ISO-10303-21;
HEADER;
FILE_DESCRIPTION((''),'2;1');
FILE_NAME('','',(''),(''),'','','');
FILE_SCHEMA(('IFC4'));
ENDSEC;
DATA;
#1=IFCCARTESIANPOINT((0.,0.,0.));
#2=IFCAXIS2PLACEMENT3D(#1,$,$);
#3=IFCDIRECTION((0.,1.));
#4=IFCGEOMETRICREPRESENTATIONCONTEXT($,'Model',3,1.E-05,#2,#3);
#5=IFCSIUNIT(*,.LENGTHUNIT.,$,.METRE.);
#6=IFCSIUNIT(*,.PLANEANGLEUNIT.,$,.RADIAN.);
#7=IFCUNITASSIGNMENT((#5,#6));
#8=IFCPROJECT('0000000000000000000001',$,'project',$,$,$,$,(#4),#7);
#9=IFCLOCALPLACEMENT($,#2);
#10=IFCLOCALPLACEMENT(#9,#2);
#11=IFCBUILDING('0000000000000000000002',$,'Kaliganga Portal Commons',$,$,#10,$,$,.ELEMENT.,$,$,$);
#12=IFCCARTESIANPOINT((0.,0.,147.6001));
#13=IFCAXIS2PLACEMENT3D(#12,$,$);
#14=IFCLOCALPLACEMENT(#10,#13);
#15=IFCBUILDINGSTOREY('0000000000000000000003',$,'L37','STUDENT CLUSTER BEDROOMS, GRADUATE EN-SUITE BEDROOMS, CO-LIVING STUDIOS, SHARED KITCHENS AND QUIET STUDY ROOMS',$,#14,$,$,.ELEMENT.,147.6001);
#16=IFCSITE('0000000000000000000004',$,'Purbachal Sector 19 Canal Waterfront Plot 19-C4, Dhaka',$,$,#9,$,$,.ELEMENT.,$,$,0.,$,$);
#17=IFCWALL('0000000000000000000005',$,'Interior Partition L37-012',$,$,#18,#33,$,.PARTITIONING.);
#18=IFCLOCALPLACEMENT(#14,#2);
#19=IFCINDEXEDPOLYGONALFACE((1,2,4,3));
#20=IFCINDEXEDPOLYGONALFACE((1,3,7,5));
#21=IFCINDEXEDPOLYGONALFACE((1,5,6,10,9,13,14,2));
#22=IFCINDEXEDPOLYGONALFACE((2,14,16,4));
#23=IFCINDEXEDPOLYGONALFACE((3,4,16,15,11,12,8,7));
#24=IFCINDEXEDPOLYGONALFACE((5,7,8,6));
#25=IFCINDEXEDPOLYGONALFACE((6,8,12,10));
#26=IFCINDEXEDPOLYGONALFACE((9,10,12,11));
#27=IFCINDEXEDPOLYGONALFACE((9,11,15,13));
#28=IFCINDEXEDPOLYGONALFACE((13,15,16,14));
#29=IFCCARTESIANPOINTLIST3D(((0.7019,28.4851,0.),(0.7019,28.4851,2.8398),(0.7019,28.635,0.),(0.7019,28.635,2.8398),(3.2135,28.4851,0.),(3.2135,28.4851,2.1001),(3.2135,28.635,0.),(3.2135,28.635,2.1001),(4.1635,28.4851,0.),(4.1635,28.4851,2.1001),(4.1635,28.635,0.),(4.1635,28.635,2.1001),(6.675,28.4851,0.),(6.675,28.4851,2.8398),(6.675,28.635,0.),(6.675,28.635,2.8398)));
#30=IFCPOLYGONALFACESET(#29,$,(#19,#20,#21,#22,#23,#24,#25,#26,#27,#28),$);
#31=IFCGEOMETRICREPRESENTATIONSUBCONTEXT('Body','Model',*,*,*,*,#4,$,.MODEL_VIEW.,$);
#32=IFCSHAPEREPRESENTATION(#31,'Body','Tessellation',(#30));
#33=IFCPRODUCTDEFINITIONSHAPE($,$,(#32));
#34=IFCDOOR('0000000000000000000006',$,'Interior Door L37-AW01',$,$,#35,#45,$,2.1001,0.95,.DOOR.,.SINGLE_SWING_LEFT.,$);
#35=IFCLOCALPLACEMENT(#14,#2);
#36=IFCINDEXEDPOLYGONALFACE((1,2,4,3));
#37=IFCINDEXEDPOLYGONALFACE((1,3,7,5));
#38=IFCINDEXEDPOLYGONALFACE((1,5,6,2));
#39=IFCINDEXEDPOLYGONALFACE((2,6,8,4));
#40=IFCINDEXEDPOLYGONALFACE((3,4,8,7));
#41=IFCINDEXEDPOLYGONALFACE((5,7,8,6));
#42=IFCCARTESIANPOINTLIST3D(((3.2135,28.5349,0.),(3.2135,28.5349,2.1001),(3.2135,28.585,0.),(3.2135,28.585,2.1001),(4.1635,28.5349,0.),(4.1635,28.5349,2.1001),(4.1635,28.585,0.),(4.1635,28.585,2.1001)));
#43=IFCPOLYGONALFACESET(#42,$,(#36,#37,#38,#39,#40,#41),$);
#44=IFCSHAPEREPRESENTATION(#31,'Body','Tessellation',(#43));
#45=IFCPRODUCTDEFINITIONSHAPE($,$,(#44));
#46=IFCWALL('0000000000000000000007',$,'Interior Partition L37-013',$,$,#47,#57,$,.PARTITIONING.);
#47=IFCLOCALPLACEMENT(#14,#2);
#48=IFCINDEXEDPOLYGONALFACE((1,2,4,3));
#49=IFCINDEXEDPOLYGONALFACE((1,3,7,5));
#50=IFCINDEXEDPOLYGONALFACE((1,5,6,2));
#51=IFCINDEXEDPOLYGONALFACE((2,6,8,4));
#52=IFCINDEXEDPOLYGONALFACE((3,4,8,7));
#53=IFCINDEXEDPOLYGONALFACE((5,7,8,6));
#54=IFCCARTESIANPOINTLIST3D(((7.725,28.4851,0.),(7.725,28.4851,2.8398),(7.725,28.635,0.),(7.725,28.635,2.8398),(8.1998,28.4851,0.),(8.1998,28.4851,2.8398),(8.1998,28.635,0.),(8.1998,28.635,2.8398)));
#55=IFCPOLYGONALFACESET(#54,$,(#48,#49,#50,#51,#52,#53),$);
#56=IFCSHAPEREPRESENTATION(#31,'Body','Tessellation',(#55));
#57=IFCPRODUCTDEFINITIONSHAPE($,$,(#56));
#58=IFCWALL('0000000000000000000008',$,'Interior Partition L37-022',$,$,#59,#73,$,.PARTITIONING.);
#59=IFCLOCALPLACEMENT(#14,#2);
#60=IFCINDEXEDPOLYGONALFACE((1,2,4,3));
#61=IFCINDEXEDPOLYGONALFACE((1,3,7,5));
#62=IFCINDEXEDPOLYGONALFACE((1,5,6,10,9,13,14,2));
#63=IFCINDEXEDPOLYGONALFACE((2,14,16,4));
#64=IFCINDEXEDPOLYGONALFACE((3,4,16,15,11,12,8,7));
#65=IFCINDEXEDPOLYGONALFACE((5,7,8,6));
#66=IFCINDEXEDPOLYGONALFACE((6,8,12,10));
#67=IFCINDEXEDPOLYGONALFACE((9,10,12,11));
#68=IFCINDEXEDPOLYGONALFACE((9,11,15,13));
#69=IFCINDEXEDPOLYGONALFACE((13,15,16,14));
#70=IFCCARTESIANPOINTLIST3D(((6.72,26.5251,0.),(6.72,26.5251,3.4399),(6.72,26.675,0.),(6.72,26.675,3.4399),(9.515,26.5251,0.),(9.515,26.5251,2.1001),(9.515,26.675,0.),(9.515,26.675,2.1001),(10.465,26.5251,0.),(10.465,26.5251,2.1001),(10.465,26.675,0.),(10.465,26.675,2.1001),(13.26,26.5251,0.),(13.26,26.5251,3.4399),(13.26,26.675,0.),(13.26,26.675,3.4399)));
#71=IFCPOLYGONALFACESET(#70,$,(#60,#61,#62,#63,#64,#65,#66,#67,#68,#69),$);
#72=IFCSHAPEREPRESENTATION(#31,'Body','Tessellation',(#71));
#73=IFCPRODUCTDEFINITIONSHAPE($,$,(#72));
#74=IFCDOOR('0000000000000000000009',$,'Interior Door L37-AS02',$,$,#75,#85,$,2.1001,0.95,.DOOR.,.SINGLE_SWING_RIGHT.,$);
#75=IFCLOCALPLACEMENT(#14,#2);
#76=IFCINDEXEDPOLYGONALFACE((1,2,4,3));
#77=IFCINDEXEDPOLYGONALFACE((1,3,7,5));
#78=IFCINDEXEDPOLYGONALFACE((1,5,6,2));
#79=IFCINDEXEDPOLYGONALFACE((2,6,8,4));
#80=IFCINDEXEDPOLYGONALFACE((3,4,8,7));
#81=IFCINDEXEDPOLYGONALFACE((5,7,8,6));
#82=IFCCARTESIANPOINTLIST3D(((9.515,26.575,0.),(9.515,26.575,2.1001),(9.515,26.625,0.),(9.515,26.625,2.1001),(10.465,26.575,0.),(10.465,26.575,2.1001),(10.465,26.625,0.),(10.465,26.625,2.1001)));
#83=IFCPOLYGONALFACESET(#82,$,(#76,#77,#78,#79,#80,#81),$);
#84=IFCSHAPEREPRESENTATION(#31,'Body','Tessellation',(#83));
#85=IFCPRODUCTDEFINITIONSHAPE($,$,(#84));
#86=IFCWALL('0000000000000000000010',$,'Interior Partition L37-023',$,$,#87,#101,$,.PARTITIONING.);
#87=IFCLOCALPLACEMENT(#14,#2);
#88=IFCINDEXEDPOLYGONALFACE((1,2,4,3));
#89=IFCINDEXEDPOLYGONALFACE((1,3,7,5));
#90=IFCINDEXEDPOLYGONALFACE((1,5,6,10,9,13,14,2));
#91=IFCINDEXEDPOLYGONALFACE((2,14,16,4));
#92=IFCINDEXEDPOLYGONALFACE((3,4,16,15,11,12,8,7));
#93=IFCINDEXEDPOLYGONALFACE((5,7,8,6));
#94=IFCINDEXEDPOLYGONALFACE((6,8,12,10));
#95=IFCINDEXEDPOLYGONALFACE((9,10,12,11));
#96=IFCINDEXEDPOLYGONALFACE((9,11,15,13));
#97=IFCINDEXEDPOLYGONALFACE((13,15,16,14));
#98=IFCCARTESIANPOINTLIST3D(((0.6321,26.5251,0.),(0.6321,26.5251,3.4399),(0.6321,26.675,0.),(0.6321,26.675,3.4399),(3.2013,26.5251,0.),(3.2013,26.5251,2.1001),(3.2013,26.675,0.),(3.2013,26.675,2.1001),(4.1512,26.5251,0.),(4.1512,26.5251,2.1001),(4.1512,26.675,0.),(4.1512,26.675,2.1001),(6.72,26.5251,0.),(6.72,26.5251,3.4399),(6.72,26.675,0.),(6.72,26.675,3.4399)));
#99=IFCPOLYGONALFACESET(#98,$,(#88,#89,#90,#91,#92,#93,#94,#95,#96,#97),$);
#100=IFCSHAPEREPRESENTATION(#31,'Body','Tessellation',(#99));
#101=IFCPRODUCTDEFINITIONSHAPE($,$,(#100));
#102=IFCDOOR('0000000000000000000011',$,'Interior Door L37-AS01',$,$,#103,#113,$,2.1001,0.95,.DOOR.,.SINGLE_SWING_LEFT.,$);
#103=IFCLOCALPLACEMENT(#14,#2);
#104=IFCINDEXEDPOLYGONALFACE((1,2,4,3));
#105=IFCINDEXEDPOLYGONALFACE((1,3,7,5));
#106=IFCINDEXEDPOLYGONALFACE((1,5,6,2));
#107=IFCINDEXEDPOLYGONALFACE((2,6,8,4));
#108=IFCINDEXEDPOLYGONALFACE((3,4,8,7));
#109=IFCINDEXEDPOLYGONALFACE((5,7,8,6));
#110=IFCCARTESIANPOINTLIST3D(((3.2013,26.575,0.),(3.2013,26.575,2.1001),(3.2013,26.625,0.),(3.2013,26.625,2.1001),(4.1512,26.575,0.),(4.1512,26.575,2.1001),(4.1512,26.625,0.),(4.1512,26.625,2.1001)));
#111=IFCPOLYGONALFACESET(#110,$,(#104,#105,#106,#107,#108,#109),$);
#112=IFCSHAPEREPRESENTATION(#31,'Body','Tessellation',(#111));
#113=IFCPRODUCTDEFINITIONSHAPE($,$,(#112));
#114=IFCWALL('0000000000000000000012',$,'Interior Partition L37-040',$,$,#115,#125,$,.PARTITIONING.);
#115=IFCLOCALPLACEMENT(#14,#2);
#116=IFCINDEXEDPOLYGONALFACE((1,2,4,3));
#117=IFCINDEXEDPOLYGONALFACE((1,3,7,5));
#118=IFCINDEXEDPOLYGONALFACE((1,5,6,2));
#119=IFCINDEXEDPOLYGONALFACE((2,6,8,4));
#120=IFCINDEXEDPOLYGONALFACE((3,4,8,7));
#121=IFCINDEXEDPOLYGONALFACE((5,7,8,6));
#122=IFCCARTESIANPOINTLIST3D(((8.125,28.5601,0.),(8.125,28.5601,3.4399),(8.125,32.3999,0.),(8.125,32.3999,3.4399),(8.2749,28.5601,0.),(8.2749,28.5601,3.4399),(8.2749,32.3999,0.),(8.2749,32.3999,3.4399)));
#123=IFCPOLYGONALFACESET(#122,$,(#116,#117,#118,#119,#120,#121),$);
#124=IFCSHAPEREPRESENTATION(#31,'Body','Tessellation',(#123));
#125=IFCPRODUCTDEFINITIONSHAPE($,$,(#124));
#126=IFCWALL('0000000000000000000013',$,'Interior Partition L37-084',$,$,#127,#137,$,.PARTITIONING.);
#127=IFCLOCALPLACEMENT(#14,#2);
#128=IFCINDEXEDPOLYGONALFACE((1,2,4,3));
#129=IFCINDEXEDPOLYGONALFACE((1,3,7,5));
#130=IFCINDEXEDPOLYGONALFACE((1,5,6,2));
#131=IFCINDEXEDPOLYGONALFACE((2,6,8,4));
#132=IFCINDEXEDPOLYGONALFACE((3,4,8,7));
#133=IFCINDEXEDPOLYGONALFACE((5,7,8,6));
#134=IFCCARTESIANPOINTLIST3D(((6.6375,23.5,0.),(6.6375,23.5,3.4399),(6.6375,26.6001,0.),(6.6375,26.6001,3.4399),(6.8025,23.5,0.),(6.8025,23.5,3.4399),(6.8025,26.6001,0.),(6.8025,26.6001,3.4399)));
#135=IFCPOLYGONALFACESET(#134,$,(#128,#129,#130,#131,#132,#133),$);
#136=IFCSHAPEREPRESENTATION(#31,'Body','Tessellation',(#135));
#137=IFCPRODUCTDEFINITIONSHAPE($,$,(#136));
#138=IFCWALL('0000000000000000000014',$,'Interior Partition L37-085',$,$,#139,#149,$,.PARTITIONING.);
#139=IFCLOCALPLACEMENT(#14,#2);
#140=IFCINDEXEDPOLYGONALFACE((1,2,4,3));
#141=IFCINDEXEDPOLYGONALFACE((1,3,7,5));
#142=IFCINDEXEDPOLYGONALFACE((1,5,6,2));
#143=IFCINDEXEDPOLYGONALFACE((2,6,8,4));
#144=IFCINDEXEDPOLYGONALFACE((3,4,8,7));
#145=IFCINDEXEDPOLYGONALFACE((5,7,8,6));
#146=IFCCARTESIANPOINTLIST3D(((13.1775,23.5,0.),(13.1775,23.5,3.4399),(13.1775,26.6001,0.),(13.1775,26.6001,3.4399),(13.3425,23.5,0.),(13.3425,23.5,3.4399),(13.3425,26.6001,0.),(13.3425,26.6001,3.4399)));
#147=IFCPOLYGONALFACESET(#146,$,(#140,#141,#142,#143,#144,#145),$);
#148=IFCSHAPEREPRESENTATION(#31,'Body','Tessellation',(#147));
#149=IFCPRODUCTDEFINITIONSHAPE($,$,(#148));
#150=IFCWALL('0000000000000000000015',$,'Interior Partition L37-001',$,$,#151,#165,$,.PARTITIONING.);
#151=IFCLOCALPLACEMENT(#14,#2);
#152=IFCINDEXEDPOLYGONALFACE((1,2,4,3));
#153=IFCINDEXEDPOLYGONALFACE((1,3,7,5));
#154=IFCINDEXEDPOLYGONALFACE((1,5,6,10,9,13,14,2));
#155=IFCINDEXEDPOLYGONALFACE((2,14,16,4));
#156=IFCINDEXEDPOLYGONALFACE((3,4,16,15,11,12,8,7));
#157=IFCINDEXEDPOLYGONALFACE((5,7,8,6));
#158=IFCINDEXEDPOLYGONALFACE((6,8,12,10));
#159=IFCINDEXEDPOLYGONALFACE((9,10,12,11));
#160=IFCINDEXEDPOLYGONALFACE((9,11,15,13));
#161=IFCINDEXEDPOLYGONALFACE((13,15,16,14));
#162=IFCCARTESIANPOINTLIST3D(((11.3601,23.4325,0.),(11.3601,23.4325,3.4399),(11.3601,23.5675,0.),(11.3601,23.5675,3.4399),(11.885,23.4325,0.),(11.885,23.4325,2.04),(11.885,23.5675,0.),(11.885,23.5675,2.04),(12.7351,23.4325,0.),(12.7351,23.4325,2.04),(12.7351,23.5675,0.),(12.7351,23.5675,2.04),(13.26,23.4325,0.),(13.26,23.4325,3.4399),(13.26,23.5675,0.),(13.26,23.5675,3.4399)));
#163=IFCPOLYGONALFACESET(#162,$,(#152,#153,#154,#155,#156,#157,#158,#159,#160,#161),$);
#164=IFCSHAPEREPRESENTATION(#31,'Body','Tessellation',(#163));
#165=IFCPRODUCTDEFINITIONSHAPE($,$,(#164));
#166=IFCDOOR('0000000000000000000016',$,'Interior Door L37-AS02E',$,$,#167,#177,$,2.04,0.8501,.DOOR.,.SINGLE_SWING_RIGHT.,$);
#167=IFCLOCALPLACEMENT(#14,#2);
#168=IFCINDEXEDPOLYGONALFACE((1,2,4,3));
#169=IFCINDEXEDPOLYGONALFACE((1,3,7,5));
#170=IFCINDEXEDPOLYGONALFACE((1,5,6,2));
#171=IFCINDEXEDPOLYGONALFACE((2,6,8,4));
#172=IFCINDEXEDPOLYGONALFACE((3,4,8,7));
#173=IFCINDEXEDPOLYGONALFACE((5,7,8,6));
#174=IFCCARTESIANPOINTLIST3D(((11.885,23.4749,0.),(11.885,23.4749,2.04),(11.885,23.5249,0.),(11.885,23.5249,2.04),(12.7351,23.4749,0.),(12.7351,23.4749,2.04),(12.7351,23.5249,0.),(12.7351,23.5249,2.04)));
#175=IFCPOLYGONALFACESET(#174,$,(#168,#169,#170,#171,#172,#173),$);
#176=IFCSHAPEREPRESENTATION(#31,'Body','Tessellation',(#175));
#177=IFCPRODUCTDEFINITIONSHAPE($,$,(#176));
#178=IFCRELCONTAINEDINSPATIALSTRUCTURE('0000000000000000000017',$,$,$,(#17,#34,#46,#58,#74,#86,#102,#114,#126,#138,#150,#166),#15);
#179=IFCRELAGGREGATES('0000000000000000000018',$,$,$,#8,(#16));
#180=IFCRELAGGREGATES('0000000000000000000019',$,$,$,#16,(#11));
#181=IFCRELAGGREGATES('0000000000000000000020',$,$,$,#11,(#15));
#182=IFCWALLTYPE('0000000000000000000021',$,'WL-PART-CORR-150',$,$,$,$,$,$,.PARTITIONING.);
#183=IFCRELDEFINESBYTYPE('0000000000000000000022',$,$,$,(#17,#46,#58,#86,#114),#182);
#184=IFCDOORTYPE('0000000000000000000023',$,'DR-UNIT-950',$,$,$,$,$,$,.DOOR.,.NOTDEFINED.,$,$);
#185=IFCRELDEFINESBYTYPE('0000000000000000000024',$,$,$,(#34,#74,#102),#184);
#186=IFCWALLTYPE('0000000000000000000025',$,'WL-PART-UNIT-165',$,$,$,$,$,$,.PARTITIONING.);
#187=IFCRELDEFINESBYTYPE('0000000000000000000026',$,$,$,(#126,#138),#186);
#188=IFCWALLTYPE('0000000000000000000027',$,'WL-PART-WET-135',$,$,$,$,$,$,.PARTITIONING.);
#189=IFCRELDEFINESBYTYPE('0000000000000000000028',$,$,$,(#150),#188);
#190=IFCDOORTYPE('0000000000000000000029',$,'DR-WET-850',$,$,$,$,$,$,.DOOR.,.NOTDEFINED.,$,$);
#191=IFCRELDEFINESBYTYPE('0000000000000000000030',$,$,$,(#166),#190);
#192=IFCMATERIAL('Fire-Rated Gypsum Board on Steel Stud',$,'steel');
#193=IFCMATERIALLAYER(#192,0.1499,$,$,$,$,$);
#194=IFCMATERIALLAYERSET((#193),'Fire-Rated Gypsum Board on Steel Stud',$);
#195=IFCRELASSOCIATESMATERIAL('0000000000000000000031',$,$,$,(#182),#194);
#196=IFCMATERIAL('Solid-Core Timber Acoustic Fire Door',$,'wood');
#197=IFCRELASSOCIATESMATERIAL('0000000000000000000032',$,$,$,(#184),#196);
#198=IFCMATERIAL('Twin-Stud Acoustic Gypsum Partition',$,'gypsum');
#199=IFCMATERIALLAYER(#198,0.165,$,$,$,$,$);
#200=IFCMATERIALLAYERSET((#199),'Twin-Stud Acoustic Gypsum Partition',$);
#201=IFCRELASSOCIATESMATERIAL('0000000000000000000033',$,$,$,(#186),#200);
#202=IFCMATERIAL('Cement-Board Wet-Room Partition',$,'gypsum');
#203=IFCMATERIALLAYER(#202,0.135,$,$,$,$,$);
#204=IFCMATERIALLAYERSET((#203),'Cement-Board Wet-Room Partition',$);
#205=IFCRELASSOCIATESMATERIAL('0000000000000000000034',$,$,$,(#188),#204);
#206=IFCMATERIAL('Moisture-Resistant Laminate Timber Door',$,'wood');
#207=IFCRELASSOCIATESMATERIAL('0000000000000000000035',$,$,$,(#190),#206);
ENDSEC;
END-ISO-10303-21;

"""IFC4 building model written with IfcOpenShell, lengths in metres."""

from ifc_helpers import new_model, si_unit, direction, frame, frame_2d, origin, place, context, subcontext, project, spatial, rectangle, extrude, material, layer, layer_set, type_object, element, fill, save


model = new_model("IFC4")

# Units and contexts
model_context = context("Model", 3, precision=1e-05, world=origin(), true_north=direction((0.0, 1.0)))
body_context = subcontext(model_context, "Body", "Model", "MODEL_VIEW")
ifc_project = project(units=[si_unit("LENGTHUNIT", "METRE"), si_unit("PLANEANGLEUNIT", "RADIAN")], contexts=[model_context])

# Site, building, storey
site_placement = place(None, origin())
site = spatial("IfcSite", under=ifc_project, at=site_placement, Name="Purbachal Sector 19 Canal Waterfront Plot 19-C4, Dhaka", CompositionType="ELEMENT", RefElevation=0.0)
building_placement = place(site_placement, origin())
building = spatial("IfcBuilding", under=site, at=building_placement, Name="Kaliganga Portal Commons", CompositionType="ELEMENT")
storey_placement = place(building_placement, frame((0.0, 0.0, 147.6001)))
storey = spatial("IfcBuildingStorey", under=building, at=storey_placement, Name="L37", Description="STUDENT CLUSTER BEDROOMS, GRADUATE EN-SUITE BEDROOMS, CO-LIVING STUDIOS, SHARED KITCHENS AND QUIET STUDY ROOMS", CompositionType="ELEMENT", Elevation=147.6001)

# Wall, opening, door
ifc_material_1 = material(Name="Fire-Rated Gypsum Board on Steel Stud", Category="steel")
ifc_layer_1 = layer(ifc_material_1, 0.1499)
ifc_layer_set_1 = layer_set([ifc_layer_1], Name="Fire-Rated Gypsum Board on Steel Stud")
wall_type_1 = type_object("IfcWallType", Name="WL-PART-CORR-150", PredefinedType="PARTITIONING", material=ifc_layer_set_1)
wall_1_placement = place(storey_placement, frame((0.7019, 28.5601, 0.0), z_axis=(0.0, 0.0, 1.0), x_axis=(1.0, 0.0, 0.0)))
wall_1 = element("IfcWall", 1, at=wall_1_placement, inside=storey, type_object=wall_type_1, Name="Interior Partition L37-012", PredefinedType="PARTITIONING", context=body_context, shape_type="SweptSolid", body=[
    extrude(rectangle(XDim=5.9731, YDim=0.1499, at=frame_2d((2.9866, 0.0))), origin(), (0.0, 0.0, 1.0), 2.8398),
])
opening_1_placement = place(wall_1_placement, frame((2.5115, 0.0, 0.0)))
opening_1 = element("IfcOpeningElement", 2, at=opening_1_placement, cuts=wall_1, PredefinedType="OPENING", context=body_context, shape_type="SweptSolid", body=[
    extrude(rectangle(XDim=0.95, YDim=2.1001, at=frame_2d((0.4751, 1.05))), frame((0.0, 0.085, 0.0), z_axis=(0.0, -1.0, 0.0), x_axis=(1.0, 0.0, 0.0)), (0.0, 0.0, 1.0), 0.1699),
])
ifc_material_2 = material(Name="Solid-Core Timber Acoustic Fire Door", Category="wood")
door_type_1 = type_object("IfcDoorType", Name="DR-UNIT-950", OperationType="NOTDEFINED", PredefinedType="DOOR", material=ifc_material_2)
door_1_placement = place(opening_1_placement, origin())
door_1 = element("IfcDoor", 3, at=door_1_placement, inside=storey, type_object=door_type_1, Name="Interior Door L37-AW01", OperationType="SINGLE_SWING_LEFT", OverallHeight=2.1001, OverallWidth=0.95, PredefinedType="DOOR", context=body_context, shape_type="SweptSolid", body=[
    extrude(rectangle(XDim=0.95, YDim=2.1001, at=frame_2d((0.4751, 1.05))), frame((0.0, 0.0249, 0.0), z_axis=(0.0, -1.0, 0.0), x_axis=(1.0, 0.0, 0.0)), (0.0, 0.0, 1.0), 0.05),
])
fill(opening_1, door_1)

# Wall
wall_2_placement = place(storey_placement, frame((7.7251, 28.5601, 0.0), z_axis=(0.0, 0.0, 1.0), x_axis=(1.0, 0.0, 0.0)))
element("IfcWall", 4, at=wall_2_placement, inside=storey, type_object=wall_type_1, Name="Interior Partition L37-013", PredefinedType="PARTITIONING", context=body_context, shape_type="SweptSolid", body=[
    extrude(rectangle(XDim=0.4749, YDim=0.1499, at=frame_2d((0.2373, 0.0))), origin(), (0.0, 0.0, 1.0), 2.8398),
])

# Walls, openings, doors
wall_3_placement = place(storey_placement, frame((6.72, 26.6001, 0.0), z_axis=(0.0, 0.0, 1.0), x_axis=(1.0, 0.0, 0.0)))
wall_3 = element("IfcWall", 5, at=wall_3_placement, inside=storey, type_object=wall_type_1, Name="Interior Partition L37-022", PredefinedType="PARTITIONING", context=body_context, shape_type="SweptSolid", body=[
    extrude(rectangle(XDim=6.54, YDim=0.1499, at=frame_2d((3.27, 0.0))), origin(), (0.0, 0.0, 1.0), 3.4399),
])
opening_2_placement = place(wall_3_placement, frame((2.7949, 0.0, 0.0)))
opening_2 = element("IfcOpeningElement", 6, at=opening_2_placement, cuts=wall_3, PredefinedType="OPENING", context=body_context, shape_type="SweptSolid", body=[
    extrude(rectangle(XDim=0.95, YDim=2.1001, at=frame_2d((0.4751, 1.05))), frame((0.0, 0.085, 0.0), z_axis=(0.0, -1.0, 0.0), x_axis=(1.0, 0.0, 0.0)), (0.0, 0.0, 1.0), 0.1699),
])
door_2_placement = place(opening_2_placement, origin())
door_2 = element("IfcDoor", 7, at=door_2_placement, inside=storey, type_object=door_type_1, Name="Interior Door L37-AS02", OperationType="SINGLE_SWING_RIGHT", OverallHeight=2.1001, OverallWidth=0.95, PredefinedType="DOOR", context=body_context, shape_type="SweptSolid", body=[
    extrude(rectangle(XDim=0.95, YDim=2.1001, at=frame_2d((0.4751, 1.05))), frame((0.0, 0.0249, 0.0), z_axis=(0.0, -1.0, 0.0), x_axis=(1.0, 0.0, 0.0)), (0.0, 0.0, 1.0), 0.05),
])
fill(opening_2, door_2)
wall_4_placement = place(storey_placement, frame((0.6321, 26.6001, 0.0), z_axis=(0.0, 0.0, 1.0), x_axis=(1.0, 0.0, 0.0)))
wall_4 = element("IfcWall", 8, at=wall_4_placement, inside=storey, type_object=wall_type_1, Name="Interior Partition L37-023", PredefinedType="PARTITIONING", context=body_context, shape_type="SweptSolid", body=[
    extrude(rectangle(XDim=6.0879, YDim=0.1499, at=frame_2d((3.0439, 0.0))), origin(), (0.0, 0.0, 1.0), 3.4399),
])
opening_3_placement = place(wall_4_placement, frame((2.5691, 0.0, 0.0)))
opening_3 = element("IfcOpeningElement", 9, at=opening_3_placement, cuts=wall_4, PredefinedType="OPENING", context=body_context, shape_type="SweptSolid", body=[
    extrude(rectangle(XDim=0.95, YDim=2.1001, at=frame_2d((0.4751, 1.05))), frame((0.0, 0.085, 0.0), z_axis=(0.0, -1.0, 0.0), x_axis=(1.0, 0.0, 0.0)), (0.0, 0.0, 1.0), 0.1699),
])
door_3_placement = place(opening_3_placement, origin())
door_3 = element("IfcDoor", 10, at=door_3_placement, inside=storey, type_object=door_type_1, Name="Interior Door L37-AS01", OperationType="SINGLE_SWING_LEFT", OverallHeight=2.1001, OverallWidth=0.95, PredefinedType="DOOR", context=body_context, shape_type="SweptSolid", body=[
    extrude(rectangle(XDim=0.95, YDim=2.1001, at=frame_2d((0.4751, 1.05))), frame((0.0, 0.0249, 0.0), z_axis=(0.0, -1.0, 0.0), x_axis=(1.0, 0.0, 0.0)), (0.0, 0.0, 1.0), 0.05),
])
fill(opening_3, door_3)

# Walls
wall_5_placement = place(storey_placement, frame((8.2, 28.5601, 0.0), z_axis=(0.0, 0.0, 1.0), x_axis=(0.0, 1.0, 0.0)))
element("IfcWall", 11, at=wall_5_placement, inside=storey, type_object=wall_type_1, Name="Interior Partition L37-040", PredefinedType="PARTITIONING", context=body_context, shape_type="SweptSolid", body=[
    extrude(rectangle(XDim=3.8398, YDim=0.1499, at=frame_2d((1.9199, 0.0))), origin(), (0.0, 0.0, 1.0), 3.4399),
])
ifc_material_3 = material(Name="Twin-Stud Acoustic Gypsum Partition", Category="gypsum")
ifc_layer_2 = layer(ifc_material_3, 0.165)
ifc_layer_set_2 = layer_set([ifc_layer_2], Name="Twin-Stud Acoustic Gypsum Partition")
wall_type_2 = type_object("IfcWallType", Name="WL-PART-UNIT-165", PredefinedType="PARTITIONING", material=ifc_layer_set_2)
for number, where, z_axis, x_axis, name in (
    (12, (6.72, 23.5, 0.0), (0.0, 0.0, 1.0), (0.0, 1.0, 0.0), "Interior Partition L37-084"),
    (13, (13.26, 23.5, 0.0), (0.0, 0.0, 1.0), (0.0, 1.0, 0.0), "Interior Partition L37-085"),
):
    element("IfcWall", number, at=place(storey_placement, frame(where, z_axis=z_axis, x_axis=x_axis)), inside=storey, type_object=wall_type_2, Name=name, PredefinedType="PARTITIONING", context=body_context, shape_type="SweptSolid", body=[
        extrude(rectangle(XDim=3.1001, YDim=0.165, at=frame_2d((1.55, 0.0))), origin(), (0.0, 0.0, 1.0), 3.4399),
    ])

# Wall, opening, door
ifc_material_4 = material(Name="Cement-Board Wet-Room Partition", Category="gypsum")
ifc_layer_3 = layer(ifc_material_4, 0.135)
ifc_layer_set_3 = layer_set([ifc_layer_3], Name="Cement-Board Wet-Room Partition")
wall_type_3 = type_object("IfcWallType", Name="WL-PART-WET-135", PredefinedType="PARTITIONING", material=ifc_layer_set_3)
wall_6_placement = place(storey_placement, frame((11.3601, 23.5, 0.0), z_axis=(0.0, 0.0, 1.0), x_axis=(1.0, 0.0, 0.0)))
wall_6 = element("IfcWall", 14, at=wall_6_placement, inside=storey, type_object=wall_type_3, Name="Interior Partition L37-001", PredefinedType="PARTITIONING", context=body_context, shape_type="SweptSolid", body=[
    extrude(rectangle(XDim=1.8999, YDim=0.135, at=frame_2d((0.95, 0.0))), origin(), (0.0, 0.0, 1.0), 3.4399),
])
opening_4_placement = place(wall_6_placement, frame((0.5249, 0.0, 0.0)))
opening_4 = element("IfcOpeningElement", 15, at=opening_4_placement, cuts=wall_6, PredefinedType="OPENING", context=body_context, shape_type="SweptSolid", body=[
    extrude(rectangle(XDim=0.8501, YDim=2.04, at=frame_2d((0.425, 1.02))), frame((0.0, 0.0776, 0.0), z_axis=(0.0, -1.0, 0.0), x_axis=(1.0, 0.0, 0.0)), (0.0, 0.0, 1.0), 0.155),
])
ifc_material_5 = material(Name="Moisture-Resistant Laminate Timber Door", Category="wood")
door_type_2 = type_object("IfcDoorType", Name="DR-WET-850", OperationType="NOTDEFINED", PredefinedType="DOOR", material=ifc_material_5)
door_4_placement = place(opening_4_placement, origin())
door_4 = element("IfcDoor", 16, at=door_4_placement, inside=storey, type_object=door_type_2, Name="Interior Door L37-AS02E", OperationType="SINGLE_SWING_RIGHT", OverallHeight=2.04, OverallWidth=0.8501, PredefinedType="DOOR", context=body_context, shape_type="SweptSolid", body=[
    extrude(rectangle(XDim=0.8501, YDim=2.04, at=frame_2d((0.425, 1.02))), frame((0.0, 0.0249, 0.0), z_axis=(0.0, -1.0, 0.0), x_axis=(1.0, 0.0, 0.0)), (0.0, 0.0, 1.0), 0.05),
])
fill(opening_4, door_4)

save(model, "model.ifc")
